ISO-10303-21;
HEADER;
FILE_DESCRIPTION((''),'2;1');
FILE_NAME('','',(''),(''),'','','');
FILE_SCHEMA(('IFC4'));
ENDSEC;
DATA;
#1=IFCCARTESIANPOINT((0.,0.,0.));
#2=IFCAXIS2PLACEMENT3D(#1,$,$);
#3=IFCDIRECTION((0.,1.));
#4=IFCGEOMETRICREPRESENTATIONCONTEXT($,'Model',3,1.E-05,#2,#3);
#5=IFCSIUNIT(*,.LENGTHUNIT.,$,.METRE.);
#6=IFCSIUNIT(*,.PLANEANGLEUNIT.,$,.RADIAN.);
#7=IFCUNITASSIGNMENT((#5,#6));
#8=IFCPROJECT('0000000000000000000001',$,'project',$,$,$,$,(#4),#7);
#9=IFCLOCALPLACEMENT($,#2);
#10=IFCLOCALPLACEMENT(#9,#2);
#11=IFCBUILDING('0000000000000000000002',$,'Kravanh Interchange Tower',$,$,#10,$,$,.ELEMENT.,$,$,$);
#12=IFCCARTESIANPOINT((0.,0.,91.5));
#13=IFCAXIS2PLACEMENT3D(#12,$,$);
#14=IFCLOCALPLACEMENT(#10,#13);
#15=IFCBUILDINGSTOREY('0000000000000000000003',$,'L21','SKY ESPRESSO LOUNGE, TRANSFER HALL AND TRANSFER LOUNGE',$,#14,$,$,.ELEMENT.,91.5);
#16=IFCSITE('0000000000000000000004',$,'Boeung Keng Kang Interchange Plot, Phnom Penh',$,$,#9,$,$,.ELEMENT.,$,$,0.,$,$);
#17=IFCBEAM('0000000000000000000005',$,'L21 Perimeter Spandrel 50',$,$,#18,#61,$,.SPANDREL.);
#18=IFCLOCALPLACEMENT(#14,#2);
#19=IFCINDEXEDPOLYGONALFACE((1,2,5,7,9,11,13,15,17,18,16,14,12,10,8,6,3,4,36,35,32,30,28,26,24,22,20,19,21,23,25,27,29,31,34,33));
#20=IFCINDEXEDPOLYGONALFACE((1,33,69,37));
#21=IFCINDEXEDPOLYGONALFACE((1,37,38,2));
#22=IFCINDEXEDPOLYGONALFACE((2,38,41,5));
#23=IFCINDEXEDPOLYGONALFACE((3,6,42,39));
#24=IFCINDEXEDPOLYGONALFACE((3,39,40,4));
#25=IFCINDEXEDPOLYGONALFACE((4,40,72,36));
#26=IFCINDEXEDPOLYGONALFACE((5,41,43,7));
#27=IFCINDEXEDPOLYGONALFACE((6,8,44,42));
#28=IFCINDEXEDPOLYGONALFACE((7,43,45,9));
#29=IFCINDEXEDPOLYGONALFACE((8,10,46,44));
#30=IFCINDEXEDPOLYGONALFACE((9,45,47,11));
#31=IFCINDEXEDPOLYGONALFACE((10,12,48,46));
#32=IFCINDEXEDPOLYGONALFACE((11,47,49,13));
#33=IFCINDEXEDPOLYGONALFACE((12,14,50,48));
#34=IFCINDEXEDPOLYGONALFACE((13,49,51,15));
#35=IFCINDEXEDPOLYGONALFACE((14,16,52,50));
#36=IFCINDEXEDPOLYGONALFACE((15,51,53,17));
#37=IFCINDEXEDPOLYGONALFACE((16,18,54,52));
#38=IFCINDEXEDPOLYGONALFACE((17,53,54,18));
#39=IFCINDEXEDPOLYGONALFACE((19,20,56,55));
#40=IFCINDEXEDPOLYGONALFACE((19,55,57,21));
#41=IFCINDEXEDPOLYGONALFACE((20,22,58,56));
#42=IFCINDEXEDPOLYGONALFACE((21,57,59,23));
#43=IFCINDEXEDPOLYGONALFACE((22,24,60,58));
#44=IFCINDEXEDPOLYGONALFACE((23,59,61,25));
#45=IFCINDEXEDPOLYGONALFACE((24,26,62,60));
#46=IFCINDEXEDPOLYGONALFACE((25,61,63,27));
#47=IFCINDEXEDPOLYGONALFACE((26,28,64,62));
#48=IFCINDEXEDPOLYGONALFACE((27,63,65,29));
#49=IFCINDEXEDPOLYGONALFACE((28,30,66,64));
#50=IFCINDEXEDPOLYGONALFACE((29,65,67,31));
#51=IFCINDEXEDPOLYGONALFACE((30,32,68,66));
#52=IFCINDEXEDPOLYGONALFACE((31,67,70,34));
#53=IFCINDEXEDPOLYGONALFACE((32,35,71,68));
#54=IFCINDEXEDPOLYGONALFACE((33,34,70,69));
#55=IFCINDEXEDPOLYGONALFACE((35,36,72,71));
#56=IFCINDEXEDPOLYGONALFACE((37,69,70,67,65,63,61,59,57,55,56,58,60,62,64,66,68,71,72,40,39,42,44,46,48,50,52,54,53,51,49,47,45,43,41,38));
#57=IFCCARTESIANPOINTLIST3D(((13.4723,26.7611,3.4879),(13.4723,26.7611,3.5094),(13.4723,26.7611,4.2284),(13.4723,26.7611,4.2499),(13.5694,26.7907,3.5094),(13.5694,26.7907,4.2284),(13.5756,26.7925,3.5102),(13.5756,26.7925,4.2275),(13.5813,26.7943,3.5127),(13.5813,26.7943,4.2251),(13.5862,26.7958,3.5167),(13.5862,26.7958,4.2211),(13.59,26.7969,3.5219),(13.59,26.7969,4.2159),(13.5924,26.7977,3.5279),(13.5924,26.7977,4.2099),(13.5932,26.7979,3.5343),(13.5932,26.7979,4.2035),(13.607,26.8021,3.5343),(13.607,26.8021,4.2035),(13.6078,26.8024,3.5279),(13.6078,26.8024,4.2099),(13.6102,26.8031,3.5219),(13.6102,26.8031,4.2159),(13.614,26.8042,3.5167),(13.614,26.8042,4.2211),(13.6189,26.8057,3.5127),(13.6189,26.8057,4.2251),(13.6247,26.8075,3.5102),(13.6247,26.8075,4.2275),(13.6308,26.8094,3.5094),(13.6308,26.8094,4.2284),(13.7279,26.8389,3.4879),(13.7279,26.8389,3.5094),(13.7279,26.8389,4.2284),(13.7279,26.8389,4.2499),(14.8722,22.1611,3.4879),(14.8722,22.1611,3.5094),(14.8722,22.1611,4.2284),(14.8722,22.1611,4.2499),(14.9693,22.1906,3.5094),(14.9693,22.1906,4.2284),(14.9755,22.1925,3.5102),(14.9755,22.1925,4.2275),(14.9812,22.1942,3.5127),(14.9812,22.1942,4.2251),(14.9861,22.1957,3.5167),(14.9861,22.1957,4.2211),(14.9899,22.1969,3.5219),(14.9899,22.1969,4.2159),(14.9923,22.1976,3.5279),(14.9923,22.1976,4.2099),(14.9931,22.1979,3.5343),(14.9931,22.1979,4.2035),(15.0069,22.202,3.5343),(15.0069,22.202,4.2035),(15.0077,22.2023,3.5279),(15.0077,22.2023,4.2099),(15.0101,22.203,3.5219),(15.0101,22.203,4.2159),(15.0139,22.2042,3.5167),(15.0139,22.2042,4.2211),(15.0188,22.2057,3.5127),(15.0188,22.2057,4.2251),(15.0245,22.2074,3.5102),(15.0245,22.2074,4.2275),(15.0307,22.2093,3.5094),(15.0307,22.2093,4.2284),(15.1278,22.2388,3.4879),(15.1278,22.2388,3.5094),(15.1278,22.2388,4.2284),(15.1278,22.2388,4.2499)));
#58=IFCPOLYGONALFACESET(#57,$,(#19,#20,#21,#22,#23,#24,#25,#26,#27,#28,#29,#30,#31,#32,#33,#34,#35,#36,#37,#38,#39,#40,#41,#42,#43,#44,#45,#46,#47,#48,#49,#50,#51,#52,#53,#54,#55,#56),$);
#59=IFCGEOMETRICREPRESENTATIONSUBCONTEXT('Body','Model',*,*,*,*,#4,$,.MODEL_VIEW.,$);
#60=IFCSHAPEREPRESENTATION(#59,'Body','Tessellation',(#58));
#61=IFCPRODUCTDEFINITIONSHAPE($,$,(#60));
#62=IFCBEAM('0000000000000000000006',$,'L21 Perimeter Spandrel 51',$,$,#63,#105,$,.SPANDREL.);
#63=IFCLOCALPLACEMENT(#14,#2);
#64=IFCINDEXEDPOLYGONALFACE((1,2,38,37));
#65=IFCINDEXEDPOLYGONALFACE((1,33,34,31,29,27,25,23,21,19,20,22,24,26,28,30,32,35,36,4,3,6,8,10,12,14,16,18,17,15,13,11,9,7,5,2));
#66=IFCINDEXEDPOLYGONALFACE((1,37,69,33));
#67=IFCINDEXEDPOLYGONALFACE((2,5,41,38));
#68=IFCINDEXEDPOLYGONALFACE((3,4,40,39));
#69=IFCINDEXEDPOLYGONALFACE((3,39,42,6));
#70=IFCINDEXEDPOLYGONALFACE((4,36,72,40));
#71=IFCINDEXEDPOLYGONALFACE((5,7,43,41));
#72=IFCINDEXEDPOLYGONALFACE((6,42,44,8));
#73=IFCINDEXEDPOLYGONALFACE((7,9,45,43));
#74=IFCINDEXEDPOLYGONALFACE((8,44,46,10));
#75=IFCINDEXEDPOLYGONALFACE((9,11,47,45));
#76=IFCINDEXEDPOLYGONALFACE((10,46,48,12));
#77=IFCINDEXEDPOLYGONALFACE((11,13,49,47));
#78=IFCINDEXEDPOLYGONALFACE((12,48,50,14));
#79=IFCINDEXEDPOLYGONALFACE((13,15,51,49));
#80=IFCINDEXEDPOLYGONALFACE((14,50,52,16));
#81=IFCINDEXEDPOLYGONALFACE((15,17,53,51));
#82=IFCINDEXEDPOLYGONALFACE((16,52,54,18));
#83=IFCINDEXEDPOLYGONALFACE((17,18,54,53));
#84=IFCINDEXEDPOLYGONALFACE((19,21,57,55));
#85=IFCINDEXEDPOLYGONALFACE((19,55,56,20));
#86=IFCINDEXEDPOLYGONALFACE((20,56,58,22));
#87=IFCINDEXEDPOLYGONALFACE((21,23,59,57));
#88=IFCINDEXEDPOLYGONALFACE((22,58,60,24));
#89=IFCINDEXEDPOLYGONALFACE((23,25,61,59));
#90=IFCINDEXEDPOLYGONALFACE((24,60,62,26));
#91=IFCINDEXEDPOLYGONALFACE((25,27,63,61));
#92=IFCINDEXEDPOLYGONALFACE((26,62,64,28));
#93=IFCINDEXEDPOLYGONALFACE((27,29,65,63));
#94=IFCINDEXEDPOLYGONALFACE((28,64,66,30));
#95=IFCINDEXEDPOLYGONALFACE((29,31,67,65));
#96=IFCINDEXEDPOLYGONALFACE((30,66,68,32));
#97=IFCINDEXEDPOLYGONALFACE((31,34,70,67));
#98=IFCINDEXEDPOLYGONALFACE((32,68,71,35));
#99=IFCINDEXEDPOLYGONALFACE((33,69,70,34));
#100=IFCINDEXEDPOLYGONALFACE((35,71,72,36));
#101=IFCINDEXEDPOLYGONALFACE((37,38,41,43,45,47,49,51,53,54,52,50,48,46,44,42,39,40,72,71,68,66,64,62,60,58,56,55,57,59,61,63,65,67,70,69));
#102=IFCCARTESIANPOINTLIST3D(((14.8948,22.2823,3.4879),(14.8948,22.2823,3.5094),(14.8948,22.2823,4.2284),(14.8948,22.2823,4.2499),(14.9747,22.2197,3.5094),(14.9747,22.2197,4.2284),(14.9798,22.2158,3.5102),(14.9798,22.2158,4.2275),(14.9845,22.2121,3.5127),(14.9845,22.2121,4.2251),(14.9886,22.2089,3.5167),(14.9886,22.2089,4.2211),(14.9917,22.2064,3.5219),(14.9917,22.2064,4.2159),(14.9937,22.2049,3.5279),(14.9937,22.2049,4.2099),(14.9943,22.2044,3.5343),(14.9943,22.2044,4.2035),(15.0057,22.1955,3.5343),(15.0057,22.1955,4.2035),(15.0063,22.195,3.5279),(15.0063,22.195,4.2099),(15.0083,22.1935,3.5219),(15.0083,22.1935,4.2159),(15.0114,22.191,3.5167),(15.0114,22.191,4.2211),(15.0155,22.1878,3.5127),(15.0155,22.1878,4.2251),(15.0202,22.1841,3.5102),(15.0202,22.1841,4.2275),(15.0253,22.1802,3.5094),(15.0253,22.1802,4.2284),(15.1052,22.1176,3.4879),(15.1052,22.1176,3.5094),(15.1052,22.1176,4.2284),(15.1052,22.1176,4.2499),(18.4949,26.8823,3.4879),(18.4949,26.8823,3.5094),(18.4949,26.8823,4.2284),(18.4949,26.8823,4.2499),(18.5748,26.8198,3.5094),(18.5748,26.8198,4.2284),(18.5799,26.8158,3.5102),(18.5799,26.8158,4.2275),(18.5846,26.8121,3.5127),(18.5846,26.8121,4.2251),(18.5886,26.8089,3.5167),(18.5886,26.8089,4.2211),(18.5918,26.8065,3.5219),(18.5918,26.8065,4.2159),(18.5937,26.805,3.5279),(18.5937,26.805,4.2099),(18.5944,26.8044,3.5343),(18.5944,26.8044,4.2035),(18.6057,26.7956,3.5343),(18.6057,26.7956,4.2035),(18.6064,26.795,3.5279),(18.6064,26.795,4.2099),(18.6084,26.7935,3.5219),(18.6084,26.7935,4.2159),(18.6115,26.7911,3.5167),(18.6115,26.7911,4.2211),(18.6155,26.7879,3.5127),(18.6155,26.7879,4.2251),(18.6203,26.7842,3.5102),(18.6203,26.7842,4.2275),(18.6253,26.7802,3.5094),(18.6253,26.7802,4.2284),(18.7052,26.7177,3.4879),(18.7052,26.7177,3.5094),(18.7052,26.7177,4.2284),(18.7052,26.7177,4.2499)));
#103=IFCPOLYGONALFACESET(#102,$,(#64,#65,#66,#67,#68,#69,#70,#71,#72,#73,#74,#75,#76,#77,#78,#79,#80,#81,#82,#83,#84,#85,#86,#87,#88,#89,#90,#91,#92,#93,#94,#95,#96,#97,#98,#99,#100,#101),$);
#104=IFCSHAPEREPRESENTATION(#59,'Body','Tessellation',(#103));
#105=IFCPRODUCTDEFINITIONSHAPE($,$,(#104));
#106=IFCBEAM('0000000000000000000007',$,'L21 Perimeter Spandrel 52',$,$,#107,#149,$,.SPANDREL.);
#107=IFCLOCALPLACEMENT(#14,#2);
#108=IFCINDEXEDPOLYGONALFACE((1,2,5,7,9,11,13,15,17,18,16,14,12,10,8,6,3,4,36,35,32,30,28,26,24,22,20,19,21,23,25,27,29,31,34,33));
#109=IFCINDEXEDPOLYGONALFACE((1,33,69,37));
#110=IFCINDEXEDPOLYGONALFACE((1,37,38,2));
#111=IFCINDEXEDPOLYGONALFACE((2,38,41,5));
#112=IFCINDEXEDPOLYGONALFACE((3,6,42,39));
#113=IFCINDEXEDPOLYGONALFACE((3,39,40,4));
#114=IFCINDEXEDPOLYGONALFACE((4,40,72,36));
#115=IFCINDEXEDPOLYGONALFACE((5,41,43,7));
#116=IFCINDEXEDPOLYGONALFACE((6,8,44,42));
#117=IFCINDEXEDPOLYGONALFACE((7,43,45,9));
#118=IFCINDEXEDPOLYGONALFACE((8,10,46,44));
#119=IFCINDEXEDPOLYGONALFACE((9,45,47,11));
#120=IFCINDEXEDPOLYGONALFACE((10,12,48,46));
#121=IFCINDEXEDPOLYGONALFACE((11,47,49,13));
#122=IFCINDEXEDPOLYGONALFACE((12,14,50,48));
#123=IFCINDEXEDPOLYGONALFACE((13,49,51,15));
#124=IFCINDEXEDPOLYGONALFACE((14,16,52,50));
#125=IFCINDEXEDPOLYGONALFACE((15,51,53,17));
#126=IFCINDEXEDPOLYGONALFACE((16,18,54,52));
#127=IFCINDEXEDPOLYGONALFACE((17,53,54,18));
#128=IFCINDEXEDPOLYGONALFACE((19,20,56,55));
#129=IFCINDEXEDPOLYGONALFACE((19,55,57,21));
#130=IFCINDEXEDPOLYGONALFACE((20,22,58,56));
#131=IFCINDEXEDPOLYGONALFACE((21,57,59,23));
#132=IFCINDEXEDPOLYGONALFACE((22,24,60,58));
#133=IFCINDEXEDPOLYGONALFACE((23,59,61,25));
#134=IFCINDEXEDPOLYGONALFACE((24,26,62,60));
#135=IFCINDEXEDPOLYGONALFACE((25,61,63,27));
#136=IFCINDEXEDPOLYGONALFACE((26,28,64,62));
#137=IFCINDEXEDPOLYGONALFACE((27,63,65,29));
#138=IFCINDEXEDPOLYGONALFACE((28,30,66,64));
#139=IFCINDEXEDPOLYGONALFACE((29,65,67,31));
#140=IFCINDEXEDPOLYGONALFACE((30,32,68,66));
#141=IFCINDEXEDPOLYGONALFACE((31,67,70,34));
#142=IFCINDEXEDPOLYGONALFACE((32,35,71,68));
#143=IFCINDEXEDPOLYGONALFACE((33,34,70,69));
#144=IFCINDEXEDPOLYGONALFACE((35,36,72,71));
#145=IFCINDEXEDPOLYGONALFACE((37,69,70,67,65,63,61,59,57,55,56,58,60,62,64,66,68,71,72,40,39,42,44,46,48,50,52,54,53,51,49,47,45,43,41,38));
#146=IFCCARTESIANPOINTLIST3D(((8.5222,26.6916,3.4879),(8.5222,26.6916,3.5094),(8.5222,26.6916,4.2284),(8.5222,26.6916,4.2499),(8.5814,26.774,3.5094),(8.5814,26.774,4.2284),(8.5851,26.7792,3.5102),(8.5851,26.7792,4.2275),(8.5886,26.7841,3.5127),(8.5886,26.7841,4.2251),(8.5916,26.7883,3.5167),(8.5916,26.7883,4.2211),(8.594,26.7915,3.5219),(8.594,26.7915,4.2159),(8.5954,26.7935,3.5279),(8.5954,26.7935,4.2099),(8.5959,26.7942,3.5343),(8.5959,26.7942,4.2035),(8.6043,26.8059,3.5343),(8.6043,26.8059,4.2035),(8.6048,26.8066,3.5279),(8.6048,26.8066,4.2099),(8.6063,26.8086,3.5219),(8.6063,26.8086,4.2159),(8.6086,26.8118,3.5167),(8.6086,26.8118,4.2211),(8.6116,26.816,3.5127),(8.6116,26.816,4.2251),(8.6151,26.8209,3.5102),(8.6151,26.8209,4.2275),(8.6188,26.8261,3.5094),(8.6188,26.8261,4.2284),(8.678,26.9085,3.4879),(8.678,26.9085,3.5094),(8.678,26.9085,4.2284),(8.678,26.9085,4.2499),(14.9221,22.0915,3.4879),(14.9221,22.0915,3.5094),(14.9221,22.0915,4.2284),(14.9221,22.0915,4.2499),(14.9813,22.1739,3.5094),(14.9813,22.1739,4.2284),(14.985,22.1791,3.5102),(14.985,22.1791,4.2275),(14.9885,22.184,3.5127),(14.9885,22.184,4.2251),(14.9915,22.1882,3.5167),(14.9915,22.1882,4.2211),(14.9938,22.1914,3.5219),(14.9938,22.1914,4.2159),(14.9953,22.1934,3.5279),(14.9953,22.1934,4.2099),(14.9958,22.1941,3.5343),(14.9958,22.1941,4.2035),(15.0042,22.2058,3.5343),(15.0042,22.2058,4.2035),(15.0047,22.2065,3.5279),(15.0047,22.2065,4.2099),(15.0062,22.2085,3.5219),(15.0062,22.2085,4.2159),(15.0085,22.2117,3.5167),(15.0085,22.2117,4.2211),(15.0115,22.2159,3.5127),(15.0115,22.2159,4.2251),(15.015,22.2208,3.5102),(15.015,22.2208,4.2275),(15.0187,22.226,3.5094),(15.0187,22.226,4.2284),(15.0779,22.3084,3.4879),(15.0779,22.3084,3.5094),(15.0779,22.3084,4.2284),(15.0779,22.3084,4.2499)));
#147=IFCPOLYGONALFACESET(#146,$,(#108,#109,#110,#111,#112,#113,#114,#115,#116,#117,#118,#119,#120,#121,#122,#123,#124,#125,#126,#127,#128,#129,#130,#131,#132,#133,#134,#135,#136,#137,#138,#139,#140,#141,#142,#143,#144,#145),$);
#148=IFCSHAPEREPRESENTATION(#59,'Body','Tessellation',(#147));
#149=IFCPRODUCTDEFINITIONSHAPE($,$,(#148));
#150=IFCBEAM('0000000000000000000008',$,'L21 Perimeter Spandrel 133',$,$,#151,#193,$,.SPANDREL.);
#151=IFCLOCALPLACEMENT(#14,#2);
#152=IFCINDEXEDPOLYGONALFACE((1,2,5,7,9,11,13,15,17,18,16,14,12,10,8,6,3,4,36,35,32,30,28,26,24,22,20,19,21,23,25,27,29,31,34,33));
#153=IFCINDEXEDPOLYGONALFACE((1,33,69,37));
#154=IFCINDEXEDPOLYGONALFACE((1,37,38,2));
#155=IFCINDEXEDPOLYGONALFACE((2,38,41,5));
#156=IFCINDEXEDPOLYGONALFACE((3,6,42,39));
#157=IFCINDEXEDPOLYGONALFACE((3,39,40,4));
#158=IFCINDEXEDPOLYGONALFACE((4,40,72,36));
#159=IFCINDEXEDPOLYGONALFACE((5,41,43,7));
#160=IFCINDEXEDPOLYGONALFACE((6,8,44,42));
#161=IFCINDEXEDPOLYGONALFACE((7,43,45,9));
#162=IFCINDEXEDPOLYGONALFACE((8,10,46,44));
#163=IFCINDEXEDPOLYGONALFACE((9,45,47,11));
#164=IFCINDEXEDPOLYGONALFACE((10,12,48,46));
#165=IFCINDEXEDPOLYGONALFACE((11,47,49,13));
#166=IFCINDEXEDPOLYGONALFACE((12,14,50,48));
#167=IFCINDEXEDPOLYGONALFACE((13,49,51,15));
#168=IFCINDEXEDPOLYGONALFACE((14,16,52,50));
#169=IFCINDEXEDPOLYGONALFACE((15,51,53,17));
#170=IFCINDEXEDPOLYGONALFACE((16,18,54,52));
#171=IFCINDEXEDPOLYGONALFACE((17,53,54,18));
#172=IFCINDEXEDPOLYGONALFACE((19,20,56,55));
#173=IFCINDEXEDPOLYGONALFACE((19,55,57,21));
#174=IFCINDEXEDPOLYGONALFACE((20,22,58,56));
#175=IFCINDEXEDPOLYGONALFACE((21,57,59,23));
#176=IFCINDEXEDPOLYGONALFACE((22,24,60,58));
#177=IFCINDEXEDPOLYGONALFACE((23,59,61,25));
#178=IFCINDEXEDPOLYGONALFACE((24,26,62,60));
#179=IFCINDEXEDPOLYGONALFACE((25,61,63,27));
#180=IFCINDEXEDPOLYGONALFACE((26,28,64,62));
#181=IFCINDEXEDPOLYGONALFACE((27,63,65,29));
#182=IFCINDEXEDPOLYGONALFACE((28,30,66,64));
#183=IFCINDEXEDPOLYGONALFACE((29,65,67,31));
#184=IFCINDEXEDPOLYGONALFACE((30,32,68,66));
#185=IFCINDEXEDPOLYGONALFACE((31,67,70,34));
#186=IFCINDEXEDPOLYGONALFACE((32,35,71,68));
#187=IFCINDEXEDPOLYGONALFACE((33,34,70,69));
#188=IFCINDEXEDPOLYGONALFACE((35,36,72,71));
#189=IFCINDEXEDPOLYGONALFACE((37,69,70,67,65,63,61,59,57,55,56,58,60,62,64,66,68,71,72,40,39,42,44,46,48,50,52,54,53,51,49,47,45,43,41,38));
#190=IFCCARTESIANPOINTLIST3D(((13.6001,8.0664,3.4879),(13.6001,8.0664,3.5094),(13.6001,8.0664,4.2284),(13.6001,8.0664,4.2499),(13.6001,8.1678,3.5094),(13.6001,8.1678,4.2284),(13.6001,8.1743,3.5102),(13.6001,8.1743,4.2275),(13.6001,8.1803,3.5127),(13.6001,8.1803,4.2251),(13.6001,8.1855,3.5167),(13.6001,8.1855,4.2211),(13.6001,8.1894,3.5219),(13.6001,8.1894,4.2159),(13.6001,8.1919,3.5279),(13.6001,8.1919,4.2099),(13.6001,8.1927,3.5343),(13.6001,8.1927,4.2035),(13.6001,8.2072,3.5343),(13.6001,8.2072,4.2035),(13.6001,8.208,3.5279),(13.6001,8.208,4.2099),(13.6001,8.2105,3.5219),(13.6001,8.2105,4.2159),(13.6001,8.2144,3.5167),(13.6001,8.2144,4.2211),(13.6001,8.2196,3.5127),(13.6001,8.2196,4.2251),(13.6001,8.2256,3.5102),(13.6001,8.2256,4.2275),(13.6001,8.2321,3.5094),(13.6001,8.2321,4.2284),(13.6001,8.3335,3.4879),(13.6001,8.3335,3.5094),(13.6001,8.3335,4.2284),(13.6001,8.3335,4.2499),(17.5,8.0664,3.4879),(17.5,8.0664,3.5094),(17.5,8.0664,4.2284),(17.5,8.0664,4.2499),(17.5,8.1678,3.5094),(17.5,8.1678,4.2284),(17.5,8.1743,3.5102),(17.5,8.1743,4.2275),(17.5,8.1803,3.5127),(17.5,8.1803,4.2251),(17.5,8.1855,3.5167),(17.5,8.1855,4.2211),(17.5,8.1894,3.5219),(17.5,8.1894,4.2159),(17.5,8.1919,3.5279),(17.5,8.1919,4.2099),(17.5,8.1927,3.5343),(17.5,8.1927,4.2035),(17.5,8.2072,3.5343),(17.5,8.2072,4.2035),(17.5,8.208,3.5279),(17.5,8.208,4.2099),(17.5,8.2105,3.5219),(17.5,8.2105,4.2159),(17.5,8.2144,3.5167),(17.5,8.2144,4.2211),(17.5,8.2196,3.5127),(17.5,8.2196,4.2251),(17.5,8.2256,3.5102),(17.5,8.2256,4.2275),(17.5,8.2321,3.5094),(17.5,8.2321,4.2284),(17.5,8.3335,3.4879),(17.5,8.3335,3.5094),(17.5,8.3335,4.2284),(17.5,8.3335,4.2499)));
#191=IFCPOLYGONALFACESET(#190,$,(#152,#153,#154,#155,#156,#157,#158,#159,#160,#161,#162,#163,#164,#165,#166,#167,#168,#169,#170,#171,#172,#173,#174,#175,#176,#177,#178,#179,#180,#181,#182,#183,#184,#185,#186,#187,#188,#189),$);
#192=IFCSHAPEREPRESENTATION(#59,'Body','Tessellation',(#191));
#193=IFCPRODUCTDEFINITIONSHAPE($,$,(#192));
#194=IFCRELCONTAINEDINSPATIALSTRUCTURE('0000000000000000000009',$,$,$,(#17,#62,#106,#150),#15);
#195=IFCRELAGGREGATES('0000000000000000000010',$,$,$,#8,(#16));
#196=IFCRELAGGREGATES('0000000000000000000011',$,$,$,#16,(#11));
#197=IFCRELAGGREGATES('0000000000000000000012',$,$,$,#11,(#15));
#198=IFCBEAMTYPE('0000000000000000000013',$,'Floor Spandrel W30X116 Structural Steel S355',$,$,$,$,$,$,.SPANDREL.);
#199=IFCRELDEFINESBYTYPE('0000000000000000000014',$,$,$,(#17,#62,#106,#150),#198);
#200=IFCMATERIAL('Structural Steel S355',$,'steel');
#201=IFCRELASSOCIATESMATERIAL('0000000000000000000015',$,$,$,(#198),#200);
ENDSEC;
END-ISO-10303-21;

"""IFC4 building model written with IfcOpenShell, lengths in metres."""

from ifc_helpers import new_model, si_unit, direction, frame, origin, origin_2d, place, context, subcontext, project, spatial, i_section, extrude, material, material_profile, profile_set, type_object, element, save


model = new_model("IFC4")

# Units and contexts
model_context = context("Model", 3, precision=1e-05, world=origin(), true_north=direction((0.0, 1.0)))
body_context = subcontext(model_context, "Body", "Model", "MODEL_VIEW")
ifc_project = project(units=[si_unit("LENGTHUNIT", "METRE"), si_unit("PLANEANGLEUNIT", "RADIAN")], contexts=[model_context])

# Site, building, storey
site_placement = place(None, origin())
site = spatial("IfcSite", under=ifc_project, at=site_placement, Name="Boeung Keng Kang Interchange Plot, Phnom Penh", CompositionType="ELEMENT", RefElevation=0.0)
building_placement = place(site_placement, origin())
building = spatial("IfcBuilding", under=site, at=building_placement, Name="Kravanh Interchange Tower", CompositionType="ELEMENT")
storey_placement = place(building_placement, frame((0.0, 0.0, 91.5)))
storey = spatial("IfcBuildingStorey", under=building, at=storey_placement, Name="L21", Description="SKY ESPRESSO LOUNGE, TRANSFER HALL AND TRANSFER LOUNGE", CompositionType="ELEMENT", Elevation=91.5)

# Beams
ifc_material_1 = material(Name="Structural Steel S355", Category="steel")
ifc_material_profile_1 = material_profile(ifc_material_1, i_section(OverallWidth=0.2671, OverallDepth=0.762, WebThickness=0.0144, FlangeThickness=0.0215, FilletRadius=0.0249, at=origin_2d()), Name="W30X116")
ifc_profile_set_1 = profile_set([ifc_material_profile_1], Name="Structural Steel S355")
beam_type_1 = type_object("IfcBeamType", Name="Floor Spandrel W30X116 Structural Steel S355", PredefinedType="SPANDREL", material=ifc_profile_set_1)
beam_1_placement = place(storey_placement, frame((15.0, 22.2, 3.8689), z_axis=(-0.291137, 0.956681, 0.0), x_axis=(-0.956681, -0.291137, 0.0)))
element("IfcBeam", 1, at=beam_1_placement, inside=storey, type_object=beam_type_1, Name="L21 Perimeter Spandrel 50", PredefinedType="SPANDREL", context=body_context, shape_type="SweptSolid", body=[
    extrude(i_section(OverallWidth=0.2671, OverallDepth=0.762, WebThickness=0.0144, FlangeThickness=0.0215, FilletRadius=0.0249, at=origin_2d()), origin(), (0.0, 0.0, 1.0), 4.8083),
])
beam_2_placement = place(storey_placement, frame((15.0, 22.2, 3.8689), z_axis=(0.616311, 0.787503, 0.0), x_axis=(-0.787503, 0.616311, 0.0)))
element("IfcBeam", 2, at=beam_2_placement, inside=storey, type_object=beam_type_1, Name="L21 Perimeter Spandrel 51", PredefinedType="SPANDREL", context=body_context, shape_type="SweptSolid", body=[
    extrude(i_section(OverallWidth=0.2671, OverallDepth=0.762, WebThickness=0.0144, FlangeThickness=0.0215, FilletRadius=0.0249, at=origin_2d()), origin(), (0.0, 0.0, 1.0), 5.8413),
])
beam_3_placement = place(storey_placement, frame((15.0, 22.2, 3.8689), z_axis=(-0.812005, 0.58365, 0.0), x_axis=(-0.58365, -0.812005, 0.0)))
element("IfcBeam", 3, at=beam_3_placement, inside=storey, type_object=beam_type_1, Name="L21 Perimeter Spandrel 52", PredefinedType="SPANDREL", context=body_context, shape_type="SweptSolid", body=[
    extrude(i_section(OverallWidth=0.2671, OverallDepth=0.762, WebThickness=0.0144, FlangeThickness=0.0215, FilletRadius=0.0249, at=origin_2d()), origin(), (0.0, 0.0, 1.0), 7.8816),
])
beam_4_placement = place(storey_placement, frame((13.6001, 8.2, 3.8689), z_axis=(1.0, 0.0, 0.0), x_axis=(0.0, 1.0, 0.0)))
element("IfcBeam", 4, at=beam_4_placement, inside=storey, type_object=beam_type_1, Name="L21 Perimeter Spandrel 133", PredefinedType="SPANDREL", context=body_context, shape_type="SweptSolid", body=[
    extrude(i_section(OverallWidth=0.2671, OverallDepth=0.762, WebThickness=0.0144, FlangeThickness=0.0215, FilletRadius=0.0249, at=origin_2d()), origin(), (0.0, 0.0, 1.0), 3.8999),
])

save(model, "model.ifc")
